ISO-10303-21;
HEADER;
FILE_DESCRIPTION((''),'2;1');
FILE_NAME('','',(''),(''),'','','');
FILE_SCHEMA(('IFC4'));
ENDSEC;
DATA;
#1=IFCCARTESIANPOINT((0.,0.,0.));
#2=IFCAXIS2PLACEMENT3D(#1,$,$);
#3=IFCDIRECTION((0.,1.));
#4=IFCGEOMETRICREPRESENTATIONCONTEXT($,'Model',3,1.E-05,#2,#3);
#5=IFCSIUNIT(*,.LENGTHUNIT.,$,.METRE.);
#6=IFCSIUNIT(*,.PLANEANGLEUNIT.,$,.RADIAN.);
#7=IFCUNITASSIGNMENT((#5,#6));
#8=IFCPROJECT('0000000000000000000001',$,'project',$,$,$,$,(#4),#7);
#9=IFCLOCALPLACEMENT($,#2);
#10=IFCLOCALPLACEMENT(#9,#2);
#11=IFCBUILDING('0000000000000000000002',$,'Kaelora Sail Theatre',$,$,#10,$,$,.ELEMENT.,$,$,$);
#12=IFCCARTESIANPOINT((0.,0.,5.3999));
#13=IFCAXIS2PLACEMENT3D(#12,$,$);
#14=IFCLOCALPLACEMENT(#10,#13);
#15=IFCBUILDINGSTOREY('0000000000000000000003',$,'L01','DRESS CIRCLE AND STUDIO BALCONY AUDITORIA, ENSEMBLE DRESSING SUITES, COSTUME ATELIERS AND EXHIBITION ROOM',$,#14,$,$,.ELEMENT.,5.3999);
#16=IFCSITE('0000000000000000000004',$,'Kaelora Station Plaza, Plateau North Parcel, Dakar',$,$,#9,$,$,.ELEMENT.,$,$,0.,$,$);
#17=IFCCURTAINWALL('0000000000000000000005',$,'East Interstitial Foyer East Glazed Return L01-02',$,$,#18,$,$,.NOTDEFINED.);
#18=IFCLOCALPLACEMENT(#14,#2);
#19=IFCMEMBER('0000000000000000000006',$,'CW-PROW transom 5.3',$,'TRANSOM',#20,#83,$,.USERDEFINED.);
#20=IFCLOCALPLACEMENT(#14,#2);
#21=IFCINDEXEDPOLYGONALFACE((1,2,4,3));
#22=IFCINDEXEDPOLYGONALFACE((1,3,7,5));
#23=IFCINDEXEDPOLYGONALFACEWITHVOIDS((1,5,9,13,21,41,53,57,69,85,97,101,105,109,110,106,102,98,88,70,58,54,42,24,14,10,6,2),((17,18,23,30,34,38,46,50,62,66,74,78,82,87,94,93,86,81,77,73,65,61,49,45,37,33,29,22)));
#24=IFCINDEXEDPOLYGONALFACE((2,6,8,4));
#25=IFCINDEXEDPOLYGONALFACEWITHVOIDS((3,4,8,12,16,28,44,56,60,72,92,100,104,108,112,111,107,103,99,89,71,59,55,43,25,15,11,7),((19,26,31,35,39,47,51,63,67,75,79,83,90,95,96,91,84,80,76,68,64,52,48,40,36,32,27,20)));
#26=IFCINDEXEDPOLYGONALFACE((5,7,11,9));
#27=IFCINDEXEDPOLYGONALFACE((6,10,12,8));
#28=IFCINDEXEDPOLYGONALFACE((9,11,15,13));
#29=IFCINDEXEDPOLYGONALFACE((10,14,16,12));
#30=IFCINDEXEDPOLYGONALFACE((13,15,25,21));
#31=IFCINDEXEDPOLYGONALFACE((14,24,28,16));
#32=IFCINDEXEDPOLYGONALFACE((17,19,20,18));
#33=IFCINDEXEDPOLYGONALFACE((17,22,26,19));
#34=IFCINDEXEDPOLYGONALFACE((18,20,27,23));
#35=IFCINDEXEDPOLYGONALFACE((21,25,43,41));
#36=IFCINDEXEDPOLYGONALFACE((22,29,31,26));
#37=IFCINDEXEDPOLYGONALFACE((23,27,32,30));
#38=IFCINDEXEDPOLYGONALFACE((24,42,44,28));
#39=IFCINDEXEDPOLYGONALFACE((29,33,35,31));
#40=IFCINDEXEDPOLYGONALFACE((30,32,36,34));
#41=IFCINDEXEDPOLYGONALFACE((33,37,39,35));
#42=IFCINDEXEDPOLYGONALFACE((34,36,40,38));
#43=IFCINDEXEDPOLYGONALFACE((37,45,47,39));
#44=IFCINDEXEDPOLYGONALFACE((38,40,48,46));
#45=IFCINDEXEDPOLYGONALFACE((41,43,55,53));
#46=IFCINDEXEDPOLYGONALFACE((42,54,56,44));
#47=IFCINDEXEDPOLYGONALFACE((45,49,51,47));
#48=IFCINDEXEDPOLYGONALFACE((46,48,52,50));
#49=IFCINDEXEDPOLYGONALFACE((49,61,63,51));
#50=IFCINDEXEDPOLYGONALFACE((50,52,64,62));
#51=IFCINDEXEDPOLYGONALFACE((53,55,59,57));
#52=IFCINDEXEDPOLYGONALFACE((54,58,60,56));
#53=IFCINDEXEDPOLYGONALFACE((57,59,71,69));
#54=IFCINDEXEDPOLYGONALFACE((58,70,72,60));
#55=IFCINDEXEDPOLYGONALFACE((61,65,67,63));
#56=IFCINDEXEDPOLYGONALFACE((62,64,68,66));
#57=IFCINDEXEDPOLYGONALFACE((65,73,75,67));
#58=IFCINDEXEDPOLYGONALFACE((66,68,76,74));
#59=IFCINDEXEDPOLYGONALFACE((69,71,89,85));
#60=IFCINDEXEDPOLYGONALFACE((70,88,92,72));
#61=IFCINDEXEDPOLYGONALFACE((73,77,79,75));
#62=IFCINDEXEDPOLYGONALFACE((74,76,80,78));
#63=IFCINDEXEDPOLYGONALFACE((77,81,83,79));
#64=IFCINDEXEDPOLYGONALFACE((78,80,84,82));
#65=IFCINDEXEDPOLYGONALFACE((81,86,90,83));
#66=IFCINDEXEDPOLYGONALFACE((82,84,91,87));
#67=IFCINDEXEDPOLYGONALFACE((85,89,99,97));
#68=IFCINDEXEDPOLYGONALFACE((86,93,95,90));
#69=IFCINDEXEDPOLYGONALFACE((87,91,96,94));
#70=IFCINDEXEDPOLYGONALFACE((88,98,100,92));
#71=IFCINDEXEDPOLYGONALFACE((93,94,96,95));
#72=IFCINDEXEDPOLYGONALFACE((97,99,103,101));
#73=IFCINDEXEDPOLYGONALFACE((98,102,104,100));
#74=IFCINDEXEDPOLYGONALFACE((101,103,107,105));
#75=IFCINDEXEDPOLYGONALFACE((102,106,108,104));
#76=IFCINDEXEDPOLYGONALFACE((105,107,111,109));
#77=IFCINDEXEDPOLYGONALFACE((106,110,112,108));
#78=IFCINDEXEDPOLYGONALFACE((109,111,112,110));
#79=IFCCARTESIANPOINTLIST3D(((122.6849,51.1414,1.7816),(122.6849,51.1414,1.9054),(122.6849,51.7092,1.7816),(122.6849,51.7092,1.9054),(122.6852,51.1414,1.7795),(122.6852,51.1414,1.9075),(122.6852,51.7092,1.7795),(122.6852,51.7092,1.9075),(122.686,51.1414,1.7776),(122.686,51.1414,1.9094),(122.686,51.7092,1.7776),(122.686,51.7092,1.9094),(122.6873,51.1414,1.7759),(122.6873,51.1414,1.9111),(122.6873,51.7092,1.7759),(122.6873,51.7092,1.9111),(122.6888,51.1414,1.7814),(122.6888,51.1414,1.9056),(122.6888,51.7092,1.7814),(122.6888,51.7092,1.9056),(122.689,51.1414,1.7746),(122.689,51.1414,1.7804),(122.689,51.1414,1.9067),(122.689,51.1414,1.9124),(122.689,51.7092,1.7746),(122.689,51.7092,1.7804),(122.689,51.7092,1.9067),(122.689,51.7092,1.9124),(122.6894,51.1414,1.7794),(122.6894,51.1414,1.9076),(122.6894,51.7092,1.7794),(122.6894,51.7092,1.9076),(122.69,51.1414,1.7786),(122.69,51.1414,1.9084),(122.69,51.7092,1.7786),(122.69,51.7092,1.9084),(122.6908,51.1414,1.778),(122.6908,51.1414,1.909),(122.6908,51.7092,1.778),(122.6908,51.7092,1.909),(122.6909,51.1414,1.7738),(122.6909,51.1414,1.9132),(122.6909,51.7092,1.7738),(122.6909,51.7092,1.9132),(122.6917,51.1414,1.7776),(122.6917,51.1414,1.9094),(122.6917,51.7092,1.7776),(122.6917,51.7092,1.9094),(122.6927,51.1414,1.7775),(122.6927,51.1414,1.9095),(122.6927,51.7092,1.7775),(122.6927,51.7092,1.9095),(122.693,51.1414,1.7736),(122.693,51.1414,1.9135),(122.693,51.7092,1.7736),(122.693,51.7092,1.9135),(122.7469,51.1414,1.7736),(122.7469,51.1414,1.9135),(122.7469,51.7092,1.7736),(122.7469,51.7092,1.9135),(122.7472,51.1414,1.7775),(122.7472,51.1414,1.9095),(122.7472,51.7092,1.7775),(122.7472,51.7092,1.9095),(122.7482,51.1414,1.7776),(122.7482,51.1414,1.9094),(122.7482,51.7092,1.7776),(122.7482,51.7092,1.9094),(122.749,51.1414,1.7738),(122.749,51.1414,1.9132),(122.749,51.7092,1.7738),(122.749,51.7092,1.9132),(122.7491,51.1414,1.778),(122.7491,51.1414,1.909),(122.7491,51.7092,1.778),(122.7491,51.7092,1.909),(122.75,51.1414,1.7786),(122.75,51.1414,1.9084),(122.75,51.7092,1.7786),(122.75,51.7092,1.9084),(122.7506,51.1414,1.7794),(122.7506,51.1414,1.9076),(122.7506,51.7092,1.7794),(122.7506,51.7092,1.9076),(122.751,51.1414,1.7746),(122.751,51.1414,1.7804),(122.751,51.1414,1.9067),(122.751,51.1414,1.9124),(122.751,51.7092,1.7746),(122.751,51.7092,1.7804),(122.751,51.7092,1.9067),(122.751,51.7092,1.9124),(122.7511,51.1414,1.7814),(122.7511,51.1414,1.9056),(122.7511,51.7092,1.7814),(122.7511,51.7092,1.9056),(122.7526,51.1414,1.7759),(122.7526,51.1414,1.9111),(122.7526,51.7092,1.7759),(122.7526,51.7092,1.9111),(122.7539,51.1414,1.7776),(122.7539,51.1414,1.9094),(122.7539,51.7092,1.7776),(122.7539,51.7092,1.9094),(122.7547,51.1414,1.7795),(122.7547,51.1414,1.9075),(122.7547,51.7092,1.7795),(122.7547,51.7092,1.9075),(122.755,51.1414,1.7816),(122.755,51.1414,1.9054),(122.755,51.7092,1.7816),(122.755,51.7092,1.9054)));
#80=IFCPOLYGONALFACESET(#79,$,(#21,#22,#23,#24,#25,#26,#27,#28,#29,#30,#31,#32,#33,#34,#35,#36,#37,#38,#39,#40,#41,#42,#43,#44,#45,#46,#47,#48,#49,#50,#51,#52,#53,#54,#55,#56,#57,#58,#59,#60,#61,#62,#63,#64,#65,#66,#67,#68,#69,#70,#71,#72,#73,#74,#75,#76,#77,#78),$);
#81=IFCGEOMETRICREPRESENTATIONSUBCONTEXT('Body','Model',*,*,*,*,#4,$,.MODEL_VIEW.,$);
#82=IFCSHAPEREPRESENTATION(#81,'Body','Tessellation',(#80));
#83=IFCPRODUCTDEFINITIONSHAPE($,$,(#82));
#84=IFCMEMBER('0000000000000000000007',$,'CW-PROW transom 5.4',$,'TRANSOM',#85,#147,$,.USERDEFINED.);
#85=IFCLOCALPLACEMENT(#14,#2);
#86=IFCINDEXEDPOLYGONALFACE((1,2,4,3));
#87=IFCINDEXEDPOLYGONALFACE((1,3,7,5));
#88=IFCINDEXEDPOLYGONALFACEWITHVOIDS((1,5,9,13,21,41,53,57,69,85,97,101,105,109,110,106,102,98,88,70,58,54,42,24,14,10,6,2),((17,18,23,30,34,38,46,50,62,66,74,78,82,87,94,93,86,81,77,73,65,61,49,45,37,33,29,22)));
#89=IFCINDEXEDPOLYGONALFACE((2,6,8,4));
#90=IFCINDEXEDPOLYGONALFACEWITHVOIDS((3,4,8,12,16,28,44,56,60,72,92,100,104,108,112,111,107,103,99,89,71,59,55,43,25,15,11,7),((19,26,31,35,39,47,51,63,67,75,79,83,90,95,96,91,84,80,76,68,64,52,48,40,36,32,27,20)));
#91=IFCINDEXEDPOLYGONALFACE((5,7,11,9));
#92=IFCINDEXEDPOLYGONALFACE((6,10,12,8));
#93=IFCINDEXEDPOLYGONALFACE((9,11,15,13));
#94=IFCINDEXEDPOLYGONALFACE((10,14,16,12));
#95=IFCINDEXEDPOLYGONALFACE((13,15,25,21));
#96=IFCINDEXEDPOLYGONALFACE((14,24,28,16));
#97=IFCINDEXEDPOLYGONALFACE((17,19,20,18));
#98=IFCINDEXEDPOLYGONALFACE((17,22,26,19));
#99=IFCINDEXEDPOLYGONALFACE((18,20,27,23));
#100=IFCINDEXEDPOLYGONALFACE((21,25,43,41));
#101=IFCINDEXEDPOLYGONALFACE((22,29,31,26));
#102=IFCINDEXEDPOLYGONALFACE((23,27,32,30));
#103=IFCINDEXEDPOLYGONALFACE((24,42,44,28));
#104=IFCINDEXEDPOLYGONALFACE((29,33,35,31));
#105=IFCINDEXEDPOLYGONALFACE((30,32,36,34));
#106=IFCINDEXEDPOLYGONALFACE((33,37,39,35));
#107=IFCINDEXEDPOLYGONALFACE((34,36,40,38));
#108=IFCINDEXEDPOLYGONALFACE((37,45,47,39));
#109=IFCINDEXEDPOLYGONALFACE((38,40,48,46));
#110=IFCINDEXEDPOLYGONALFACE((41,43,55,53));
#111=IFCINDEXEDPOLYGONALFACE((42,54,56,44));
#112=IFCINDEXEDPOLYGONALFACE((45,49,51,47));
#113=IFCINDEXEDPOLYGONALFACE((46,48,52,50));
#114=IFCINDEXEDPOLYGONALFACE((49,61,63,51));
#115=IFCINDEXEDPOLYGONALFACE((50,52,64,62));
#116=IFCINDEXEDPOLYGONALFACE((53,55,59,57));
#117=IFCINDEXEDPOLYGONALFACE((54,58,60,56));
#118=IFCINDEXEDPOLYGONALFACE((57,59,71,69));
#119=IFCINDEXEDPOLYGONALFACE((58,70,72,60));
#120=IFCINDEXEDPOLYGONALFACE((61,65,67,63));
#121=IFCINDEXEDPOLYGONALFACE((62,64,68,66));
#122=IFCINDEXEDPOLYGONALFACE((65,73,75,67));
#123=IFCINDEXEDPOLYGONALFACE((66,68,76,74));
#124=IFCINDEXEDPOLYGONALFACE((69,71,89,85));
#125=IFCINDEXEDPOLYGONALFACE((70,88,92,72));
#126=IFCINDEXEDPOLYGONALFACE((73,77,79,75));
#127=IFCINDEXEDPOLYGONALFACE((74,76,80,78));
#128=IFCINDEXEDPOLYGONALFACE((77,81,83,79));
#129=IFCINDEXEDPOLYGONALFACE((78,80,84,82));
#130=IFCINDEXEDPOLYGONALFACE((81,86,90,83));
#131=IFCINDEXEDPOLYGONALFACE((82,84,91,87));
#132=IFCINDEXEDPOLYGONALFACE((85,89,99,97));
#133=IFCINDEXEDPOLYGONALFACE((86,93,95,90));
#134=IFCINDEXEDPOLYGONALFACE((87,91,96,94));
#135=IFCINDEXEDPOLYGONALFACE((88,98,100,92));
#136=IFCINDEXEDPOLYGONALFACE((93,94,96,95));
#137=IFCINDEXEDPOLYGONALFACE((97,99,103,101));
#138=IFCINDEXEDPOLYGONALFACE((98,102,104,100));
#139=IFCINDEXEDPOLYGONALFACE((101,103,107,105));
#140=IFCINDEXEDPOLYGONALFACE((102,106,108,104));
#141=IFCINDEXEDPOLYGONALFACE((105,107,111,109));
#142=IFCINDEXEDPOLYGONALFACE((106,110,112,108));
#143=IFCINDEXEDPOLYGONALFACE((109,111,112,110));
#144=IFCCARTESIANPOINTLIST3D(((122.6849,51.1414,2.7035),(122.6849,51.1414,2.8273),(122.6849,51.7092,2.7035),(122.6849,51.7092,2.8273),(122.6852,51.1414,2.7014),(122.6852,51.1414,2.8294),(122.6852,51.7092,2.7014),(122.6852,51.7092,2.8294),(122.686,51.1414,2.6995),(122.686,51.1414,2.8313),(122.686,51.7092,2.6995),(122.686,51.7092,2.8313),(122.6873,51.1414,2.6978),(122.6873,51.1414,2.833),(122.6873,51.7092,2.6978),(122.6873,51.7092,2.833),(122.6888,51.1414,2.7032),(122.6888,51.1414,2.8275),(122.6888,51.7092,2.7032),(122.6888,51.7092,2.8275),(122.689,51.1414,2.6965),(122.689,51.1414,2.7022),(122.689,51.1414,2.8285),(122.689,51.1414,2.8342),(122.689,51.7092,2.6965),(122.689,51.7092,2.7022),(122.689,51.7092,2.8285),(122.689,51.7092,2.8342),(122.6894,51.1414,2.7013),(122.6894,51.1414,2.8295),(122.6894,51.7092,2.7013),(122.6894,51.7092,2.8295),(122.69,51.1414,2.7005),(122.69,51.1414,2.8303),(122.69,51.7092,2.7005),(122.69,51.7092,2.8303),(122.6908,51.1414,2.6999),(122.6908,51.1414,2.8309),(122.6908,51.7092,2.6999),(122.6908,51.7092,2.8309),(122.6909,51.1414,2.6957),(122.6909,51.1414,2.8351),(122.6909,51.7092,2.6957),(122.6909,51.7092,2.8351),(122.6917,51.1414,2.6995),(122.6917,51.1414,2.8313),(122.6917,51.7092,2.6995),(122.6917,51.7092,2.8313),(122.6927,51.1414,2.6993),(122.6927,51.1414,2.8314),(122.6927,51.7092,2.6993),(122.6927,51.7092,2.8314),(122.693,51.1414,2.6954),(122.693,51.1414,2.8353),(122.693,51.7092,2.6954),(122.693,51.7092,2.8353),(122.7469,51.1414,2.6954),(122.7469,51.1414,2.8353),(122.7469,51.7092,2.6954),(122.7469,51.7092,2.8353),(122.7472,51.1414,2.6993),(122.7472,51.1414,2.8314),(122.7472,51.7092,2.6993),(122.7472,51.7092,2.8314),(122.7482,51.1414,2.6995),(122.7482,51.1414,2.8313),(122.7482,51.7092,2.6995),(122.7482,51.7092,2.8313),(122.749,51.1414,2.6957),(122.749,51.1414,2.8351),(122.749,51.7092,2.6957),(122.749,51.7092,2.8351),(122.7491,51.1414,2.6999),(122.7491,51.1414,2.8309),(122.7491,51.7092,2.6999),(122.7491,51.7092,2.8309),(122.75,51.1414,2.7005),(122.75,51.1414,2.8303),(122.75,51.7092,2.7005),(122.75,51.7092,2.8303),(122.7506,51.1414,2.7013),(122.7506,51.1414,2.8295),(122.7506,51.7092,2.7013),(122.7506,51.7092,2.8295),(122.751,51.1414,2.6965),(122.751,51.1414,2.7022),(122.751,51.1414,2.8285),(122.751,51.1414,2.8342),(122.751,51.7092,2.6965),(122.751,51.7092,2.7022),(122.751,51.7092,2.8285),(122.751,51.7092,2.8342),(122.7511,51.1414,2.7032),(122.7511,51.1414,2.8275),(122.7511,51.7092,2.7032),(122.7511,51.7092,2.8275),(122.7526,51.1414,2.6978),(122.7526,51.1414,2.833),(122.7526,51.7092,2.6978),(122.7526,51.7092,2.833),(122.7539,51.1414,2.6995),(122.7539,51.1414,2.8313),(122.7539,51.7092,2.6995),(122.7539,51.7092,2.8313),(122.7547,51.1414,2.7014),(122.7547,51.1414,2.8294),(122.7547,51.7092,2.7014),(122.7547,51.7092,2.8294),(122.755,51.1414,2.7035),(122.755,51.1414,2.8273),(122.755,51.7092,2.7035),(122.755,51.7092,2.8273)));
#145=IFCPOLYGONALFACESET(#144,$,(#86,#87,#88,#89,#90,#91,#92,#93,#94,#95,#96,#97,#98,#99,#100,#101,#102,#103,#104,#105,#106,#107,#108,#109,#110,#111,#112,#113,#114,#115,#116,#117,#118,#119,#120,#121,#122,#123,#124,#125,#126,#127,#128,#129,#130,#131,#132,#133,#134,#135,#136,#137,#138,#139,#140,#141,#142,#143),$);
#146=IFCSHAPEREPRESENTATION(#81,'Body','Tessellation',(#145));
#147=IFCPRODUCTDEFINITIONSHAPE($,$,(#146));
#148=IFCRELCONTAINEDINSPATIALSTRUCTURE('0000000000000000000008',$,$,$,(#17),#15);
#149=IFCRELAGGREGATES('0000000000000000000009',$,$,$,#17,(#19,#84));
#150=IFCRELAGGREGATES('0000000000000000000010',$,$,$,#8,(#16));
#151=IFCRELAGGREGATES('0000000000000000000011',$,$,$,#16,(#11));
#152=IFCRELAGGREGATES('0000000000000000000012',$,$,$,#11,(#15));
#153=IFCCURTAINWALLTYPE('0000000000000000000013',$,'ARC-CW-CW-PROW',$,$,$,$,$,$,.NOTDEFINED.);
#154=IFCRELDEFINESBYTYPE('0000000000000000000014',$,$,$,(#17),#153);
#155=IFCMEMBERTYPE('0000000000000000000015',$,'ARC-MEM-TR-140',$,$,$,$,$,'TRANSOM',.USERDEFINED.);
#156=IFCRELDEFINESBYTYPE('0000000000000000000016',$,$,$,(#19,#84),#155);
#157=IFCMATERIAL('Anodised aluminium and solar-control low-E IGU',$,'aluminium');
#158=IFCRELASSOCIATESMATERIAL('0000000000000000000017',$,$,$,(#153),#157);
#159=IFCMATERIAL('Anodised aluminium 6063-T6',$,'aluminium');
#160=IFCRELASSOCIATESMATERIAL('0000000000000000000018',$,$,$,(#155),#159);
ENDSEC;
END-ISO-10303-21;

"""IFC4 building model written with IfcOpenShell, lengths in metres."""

from ifc_helpers import new_model, si_unit, direction, frame, origin, origin_2d, place, context, subcontext, project, spatial, hollow_rectangle, extrude, material, material_profile, profile_set, type_object, element, aggregate, save


model = new_model("IFC4")

# Units and contexts
model_context = context("Model", 3, precision=1e-05, world=origin(), true_north=direction((0.0, 1.0)))
body_context = subcontext(model_context, "Body", "Model", "MODEL_VIEW")
ifc_project = project(units=[si_unit("LENGTHUNIT", "METRE"), si_unit("PLANEANGLEUNIT", "RADIAN")], contexts=[model_context])

# Site, building, storey
site_placement = place(None, origin())
site = spatial("IfcSite", under=ifc_project, at=site_placement, Name="Kaelora Station Plaza, Plateau North Parcel, Dakar", CompositionType="ELEMENT", RefElevation=0.0)
building_placement = place(site_placement, origin())
building = spatial("IfcBuilding", under=site, at=building_placement, Name="Kaelora Sail Theatre", CompositionType="ELEMENT")
storey_placement = place(building_placement, frame((0.0, 0.0, 5.3999)))
storey = spatial("IfcBuildingStorey", under=building, at=storey_placement, Name="L01", Description="DRESS CIRCLE AND STUDIO BALCONY AUDITORIA, ENSEMBLE DRESSING SUITES, COSTUME ATELIERS AND EXHIBITION ROOM", CompositionType="ELEMENT", Elevation=5.3999)

# Curtain wall, members
ifc_material_1 = material(Name="Anodised aluminium and solar-control low-E IGU", Category="aluminium")
curtain_wall_type = type_object("IfcCurtainWallType", Name="ARC-CW-CW-PROW", PredefinedType="NOTDEFINED", material=ifc_material_1)
curtain_wall_placement = place(storey_placement, origin())
curtain_wall = element("IfcCurtainWall", 1, at=curtain_wall_placement, inside=storey, type_object=curtain_wall_type, Name="East Interstitial Foyer East Glazed Return L01-02", PredefinedType="NOTDEFINED")
ifc_material_2 = material(Name="Anodised aluminium 6063-T6", Category="aluminium")
ifc_material_profile_1 = material_profile(ifc_material_2, hollow_rectangle(XDim=0.0701, YDim=0.1399, WallThickness=0.0039, InnerFilletRadius=0.0039, OuterFilletRadius=0.0081, at=origin_2d()), Name="ALU-TRAN 70x140x4")
ifc_profile_set_1 = profile_set([ifc_material_profile_1], Name="Anodised aluminium 6063-T6")
member_type_1 = type_object("IfcMemberType", Name="ARC-MEM-TR-140", ElementType="TRANSOM", PredefinedType="USERDEFINED", material=ifc_profile_set_1)
member_1_placement = place(storey_placement, frame((122.72, 51.1414, 1.8435), z_axis=(0.0, 1.0, 0.0), x_axis=(-1.0, 0.0, 0.0)))
member_1 = element("IfcMember", 2, at=member_1_placement, type_object=member_type_1, Name="CW-PROW transom 5.3", ObjectType="TRANSOM", PredefinedType="USERDEFINED", context=body_context, shape_type="SweptSolid", body=[
    extrude(hollow_rectangle(XDim=0.0701, YDim=0.1399, WallThickness=0.0039, InnerFilletRadius=0.0039, OuterFilletRadius=0.0081, at=origin_2d()), origin(), (0.0, 0.0, 1.0), 0.5679),
])
member_2_placement = place(storey_placement, frame((122.72, 51.1414, 2.7654), z_axis=(0.0, 1.0, 0.0), x_axis=(-1.0, 0.0, 0.0)))
member_2 = element("IfcMember", 3, at=member_2_placement, type_object=member_type_1, Name="CW-PROW transom 5.4", ObjectType="TRANSOM", PredefinedType="USERDEFINED", context=body_context, shape_type="SweptSolid", body=[
    extrude(hollow_rectangle(XDim=0.0701, YDim=0.1399, WallThickness=0.0039, InnerFilletRadius=0.0039, OuterFilletRadius=0.0081, at=origin_2d()), origin(), (0.0, 0.0, 1.0), 0.5679),
])
aggregate(curtain_wall, [member_1, member_2])

save(model, "model.ifc")
